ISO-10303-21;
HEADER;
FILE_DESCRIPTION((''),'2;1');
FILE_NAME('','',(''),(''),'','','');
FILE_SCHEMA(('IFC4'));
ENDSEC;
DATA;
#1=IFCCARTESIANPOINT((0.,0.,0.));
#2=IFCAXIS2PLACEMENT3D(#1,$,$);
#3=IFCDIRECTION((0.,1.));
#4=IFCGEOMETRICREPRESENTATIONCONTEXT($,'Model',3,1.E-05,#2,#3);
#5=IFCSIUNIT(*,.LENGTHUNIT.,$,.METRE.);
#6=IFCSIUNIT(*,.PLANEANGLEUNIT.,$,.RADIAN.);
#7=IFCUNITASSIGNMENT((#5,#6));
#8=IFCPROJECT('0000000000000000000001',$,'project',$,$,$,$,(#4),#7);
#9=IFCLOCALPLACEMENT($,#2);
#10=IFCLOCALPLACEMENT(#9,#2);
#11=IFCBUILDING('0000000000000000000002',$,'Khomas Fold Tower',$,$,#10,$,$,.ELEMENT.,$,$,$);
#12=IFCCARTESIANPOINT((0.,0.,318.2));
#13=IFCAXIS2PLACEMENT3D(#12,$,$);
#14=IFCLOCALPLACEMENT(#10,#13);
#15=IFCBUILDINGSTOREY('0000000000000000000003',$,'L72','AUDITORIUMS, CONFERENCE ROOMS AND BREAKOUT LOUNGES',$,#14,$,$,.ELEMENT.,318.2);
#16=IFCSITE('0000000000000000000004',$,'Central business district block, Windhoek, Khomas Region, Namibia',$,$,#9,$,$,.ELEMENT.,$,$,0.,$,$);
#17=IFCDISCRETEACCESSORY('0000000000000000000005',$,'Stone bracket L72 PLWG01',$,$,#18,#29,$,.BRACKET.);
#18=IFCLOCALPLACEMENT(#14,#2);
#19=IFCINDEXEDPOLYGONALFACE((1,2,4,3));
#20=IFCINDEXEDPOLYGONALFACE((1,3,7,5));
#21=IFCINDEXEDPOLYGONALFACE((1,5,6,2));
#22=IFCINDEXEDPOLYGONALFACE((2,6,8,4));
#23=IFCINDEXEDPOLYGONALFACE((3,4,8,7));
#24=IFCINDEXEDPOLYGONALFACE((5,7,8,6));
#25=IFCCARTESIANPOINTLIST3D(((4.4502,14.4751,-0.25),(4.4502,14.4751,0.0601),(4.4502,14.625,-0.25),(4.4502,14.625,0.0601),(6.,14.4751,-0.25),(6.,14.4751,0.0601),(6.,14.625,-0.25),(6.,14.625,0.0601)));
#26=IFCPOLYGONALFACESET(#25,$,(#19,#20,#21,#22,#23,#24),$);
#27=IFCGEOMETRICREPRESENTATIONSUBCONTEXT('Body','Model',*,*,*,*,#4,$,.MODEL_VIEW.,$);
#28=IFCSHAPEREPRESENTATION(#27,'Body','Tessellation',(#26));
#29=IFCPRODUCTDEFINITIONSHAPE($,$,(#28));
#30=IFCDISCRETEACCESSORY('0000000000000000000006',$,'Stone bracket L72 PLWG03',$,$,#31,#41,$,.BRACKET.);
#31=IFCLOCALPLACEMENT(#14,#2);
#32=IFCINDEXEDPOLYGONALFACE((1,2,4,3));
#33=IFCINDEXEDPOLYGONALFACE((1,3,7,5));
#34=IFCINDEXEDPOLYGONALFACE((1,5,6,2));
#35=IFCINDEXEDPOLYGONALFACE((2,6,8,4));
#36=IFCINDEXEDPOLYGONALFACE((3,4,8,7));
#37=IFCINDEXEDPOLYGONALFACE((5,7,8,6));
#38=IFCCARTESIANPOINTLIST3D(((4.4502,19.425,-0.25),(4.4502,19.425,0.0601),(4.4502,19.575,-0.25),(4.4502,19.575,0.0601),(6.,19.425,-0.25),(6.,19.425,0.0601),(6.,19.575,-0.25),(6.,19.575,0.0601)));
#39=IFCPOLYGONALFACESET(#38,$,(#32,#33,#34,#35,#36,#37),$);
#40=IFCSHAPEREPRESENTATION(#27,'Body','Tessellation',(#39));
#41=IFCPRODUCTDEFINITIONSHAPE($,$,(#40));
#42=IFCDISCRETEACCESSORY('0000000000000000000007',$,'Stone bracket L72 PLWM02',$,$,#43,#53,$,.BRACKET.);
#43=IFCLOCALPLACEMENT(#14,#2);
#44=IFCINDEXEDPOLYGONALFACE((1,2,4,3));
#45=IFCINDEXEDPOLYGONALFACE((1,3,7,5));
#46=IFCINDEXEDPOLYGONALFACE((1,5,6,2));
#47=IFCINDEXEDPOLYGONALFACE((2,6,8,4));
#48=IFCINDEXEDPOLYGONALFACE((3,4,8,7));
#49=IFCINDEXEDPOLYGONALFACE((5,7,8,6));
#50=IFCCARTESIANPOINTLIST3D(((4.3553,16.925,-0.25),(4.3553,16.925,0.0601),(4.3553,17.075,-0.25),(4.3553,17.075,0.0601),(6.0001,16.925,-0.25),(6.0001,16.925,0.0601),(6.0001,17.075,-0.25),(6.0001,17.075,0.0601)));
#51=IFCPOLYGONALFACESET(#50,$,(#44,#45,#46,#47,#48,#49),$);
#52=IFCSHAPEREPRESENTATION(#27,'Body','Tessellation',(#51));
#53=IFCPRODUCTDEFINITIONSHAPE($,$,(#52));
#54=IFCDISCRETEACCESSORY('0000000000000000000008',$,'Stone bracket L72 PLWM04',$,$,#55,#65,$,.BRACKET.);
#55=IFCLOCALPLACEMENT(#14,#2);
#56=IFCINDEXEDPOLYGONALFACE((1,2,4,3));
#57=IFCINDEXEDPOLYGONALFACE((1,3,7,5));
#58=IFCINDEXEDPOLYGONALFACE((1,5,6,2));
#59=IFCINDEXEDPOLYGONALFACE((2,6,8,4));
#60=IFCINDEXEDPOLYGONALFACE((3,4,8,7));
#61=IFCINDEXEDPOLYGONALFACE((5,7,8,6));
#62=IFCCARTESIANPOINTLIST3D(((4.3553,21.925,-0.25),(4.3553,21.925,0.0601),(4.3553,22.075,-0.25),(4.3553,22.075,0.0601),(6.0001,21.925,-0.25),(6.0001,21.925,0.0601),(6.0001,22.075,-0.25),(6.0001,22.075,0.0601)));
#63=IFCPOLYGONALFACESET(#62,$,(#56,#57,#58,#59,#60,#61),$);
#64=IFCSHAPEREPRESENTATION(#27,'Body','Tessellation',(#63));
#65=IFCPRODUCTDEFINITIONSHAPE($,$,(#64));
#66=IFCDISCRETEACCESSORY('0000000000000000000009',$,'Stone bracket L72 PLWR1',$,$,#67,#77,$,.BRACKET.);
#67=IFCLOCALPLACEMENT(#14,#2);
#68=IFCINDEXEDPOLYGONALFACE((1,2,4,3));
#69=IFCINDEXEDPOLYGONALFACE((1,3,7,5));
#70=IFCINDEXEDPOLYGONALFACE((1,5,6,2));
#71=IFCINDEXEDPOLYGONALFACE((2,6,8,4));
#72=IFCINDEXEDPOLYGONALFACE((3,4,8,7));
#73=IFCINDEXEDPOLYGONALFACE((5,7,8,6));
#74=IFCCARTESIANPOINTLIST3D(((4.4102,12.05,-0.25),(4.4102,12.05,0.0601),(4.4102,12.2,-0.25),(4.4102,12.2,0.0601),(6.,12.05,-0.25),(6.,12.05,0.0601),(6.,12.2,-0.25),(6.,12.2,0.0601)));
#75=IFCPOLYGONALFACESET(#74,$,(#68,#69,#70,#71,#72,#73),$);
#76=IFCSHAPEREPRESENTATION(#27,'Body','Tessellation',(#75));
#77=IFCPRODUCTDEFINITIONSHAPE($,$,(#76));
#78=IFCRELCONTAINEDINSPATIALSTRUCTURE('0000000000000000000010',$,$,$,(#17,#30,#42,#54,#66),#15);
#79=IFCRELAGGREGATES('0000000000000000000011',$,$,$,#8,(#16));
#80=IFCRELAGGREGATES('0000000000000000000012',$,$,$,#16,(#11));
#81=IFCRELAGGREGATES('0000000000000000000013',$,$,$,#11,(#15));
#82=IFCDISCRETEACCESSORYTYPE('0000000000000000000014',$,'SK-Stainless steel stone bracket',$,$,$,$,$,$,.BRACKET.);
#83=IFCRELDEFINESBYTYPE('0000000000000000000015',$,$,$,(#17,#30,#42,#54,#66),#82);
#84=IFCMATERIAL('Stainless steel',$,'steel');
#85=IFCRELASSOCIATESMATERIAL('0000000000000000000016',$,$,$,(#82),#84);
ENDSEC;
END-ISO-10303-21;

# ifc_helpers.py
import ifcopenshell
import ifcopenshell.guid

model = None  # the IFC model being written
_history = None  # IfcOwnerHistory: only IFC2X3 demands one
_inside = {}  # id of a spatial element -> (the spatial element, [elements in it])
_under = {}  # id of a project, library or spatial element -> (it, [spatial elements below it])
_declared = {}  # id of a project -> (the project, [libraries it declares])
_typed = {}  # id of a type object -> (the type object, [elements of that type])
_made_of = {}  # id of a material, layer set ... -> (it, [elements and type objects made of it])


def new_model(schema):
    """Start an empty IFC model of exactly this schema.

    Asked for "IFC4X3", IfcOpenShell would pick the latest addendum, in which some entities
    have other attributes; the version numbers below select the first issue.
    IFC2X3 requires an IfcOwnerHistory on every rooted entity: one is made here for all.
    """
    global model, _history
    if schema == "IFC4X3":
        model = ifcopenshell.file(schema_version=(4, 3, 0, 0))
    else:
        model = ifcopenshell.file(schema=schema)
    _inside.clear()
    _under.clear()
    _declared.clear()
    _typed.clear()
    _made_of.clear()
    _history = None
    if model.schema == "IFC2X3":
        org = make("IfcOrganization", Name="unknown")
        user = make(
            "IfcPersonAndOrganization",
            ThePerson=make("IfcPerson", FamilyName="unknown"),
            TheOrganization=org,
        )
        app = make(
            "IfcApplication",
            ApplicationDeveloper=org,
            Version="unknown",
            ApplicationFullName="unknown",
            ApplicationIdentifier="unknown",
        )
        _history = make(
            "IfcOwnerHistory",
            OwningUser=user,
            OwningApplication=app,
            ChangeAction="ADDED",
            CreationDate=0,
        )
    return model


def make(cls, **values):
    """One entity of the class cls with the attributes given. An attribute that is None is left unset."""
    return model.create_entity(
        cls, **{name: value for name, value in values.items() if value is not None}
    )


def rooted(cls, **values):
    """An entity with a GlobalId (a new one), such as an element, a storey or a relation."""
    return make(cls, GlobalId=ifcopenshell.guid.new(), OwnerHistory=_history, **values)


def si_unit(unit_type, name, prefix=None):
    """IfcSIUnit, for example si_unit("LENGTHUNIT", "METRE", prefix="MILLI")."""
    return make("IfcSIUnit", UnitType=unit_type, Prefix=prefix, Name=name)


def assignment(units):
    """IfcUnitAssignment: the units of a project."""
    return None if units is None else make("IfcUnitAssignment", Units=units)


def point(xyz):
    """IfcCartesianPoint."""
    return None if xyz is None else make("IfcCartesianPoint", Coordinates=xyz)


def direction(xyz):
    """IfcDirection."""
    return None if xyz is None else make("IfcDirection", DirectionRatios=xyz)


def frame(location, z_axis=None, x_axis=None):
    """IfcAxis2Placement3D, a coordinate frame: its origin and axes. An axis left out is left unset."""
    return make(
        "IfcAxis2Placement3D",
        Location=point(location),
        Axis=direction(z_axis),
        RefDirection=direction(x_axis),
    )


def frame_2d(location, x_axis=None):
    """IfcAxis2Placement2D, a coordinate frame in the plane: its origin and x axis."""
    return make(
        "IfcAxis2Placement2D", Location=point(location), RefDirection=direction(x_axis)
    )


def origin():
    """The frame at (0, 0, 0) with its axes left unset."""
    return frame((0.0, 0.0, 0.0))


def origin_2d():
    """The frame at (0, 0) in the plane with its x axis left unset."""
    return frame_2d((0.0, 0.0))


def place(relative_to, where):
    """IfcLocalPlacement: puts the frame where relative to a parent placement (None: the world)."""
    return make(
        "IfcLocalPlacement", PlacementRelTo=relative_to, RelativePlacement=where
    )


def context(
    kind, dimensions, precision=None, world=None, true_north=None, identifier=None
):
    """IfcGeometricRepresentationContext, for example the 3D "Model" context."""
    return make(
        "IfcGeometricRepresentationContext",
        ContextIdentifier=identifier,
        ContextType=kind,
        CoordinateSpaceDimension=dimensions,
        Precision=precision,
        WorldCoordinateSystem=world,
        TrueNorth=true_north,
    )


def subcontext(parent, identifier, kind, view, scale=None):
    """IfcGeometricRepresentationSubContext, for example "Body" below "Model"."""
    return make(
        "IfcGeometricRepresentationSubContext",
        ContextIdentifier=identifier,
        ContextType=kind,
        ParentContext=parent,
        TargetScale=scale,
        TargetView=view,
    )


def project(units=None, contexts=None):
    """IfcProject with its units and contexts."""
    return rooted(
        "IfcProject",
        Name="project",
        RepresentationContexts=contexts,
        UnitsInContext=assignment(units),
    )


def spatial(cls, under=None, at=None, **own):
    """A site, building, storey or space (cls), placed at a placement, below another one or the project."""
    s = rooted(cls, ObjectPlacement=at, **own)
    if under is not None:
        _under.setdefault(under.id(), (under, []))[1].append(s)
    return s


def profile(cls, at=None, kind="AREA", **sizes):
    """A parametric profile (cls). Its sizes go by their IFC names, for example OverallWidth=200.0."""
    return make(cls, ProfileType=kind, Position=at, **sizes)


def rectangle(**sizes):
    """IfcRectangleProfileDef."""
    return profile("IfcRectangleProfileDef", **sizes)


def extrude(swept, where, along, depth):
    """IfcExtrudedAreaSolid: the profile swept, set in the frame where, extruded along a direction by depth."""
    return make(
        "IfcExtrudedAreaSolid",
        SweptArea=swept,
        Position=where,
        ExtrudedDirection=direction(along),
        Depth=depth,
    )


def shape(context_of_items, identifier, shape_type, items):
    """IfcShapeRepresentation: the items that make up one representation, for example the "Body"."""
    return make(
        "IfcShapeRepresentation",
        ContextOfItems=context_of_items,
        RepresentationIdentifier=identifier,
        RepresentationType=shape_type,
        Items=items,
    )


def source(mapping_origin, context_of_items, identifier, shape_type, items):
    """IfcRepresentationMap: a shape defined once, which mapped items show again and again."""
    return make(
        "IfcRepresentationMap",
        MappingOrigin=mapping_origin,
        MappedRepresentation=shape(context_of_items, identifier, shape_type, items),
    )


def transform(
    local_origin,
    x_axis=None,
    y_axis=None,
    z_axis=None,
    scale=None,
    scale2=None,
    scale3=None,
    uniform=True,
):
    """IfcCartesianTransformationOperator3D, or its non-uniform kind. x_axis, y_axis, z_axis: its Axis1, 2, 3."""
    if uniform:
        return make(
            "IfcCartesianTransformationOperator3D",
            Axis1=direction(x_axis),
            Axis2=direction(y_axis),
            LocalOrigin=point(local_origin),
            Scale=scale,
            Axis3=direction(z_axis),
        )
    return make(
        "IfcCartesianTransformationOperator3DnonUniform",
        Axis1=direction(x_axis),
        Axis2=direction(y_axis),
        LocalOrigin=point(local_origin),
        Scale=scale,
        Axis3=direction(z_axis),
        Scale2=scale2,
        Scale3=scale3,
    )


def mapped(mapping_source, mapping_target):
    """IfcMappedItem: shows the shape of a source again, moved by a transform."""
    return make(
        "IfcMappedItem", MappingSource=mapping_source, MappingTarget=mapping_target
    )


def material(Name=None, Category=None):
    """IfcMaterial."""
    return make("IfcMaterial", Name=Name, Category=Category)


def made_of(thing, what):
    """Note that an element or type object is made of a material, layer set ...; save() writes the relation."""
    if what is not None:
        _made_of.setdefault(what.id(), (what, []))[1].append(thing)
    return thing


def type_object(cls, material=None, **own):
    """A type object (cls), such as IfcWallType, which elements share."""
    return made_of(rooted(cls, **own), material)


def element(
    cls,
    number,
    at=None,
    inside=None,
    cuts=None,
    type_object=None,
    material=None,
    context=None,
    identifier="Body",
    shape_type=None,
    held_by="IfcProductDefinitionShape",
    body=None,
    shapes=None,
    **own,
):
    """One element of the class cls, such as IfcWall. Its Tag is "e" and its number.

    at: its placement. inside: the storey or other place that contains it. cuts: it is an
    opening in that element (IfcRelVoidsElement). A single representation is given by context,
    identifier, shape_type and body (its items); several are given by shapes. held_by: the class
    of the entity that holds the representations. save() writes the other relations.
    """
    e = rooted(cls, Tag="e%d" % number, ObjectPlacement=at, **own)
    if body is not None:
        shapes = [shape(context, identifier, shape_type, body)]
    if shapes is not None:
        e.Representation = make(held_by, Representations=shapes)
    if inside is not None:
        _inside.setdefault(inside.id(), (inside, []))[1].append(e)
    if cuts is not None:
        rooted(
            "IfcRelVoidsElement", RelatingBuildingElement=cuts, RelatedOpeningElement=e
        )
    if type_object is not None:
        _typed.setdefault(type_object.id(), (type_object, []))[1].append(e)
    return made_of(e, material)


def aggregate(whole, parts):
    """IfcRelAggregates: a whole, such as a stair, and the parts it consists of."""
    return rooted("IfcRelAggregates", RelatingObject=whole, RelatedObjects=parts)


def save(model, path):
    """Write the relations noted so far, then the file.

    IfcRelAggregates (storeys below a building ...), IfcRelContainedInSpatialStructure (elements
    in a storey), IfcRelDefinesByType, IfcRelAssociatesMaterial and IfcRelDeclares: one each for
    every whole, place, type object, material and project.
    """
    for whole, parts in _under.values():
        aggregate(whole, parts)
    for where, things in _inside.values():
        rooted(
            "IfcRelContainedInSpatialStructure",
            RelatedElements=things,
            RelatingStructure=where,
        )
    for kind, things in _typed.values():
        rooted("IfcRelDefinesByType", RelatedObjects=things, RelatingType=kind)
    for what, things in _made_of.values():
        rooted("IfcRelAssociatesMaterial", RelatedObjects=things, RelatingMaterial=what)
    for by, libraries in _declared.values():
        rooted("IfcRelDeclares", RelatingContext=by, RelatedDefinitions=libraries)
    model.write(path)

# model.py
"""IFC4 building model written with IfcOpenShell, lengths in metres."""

from ifc_helpers import new_model, si_unit, direction, frame, origin, origin_2d, place, context, subcontext, project, spatial, rectangle, extrude, source, transform, mapped, material, type_object, element, save


model = new_model("IFC4")

# Units and contexts
model_context = context("Model", 3, precision=1e-05, world=origin(), true_north=direction((0.0, 1.0)))
body_context = subcontext(model_context, "Body", "Model", "MODEL_VIEW")
ifc_project = project(units=[si_unit("LENGTHUNIT", "METRE"), si_unit("PLANEANGLEUNIT", "RADIAN")], contexts=[model_context])

# Site, building, storey
site_placement = place(None, origin())
site = spatial("IfcSite", under=ifc_project, at=site_placement, Name="Central business district block, Windhoek, Khomas Region, Namibia", CompositionType="ELEMENT", RefElevation=0.0)
building_placement = place(site_placement, origin())
building = spatial("IfcBuilding", under=site, at=building_placement, Name="Khomas Fold Tower", CompositionType="ELEMENT")
storey_placement = place(building_placement, frame((0.0, 0.0, 318.2)))
storey = spatial("IfcBuildingStorey", under=building, at=storey_placement, Name="L72", Description="AUDITORIUMS, CONFERENCE ROOMS AND BREAKOUT LOUNGES", CompositionType="ELEMENT", Elevation=318.2)

# Discrete accessories
ifc_material_1 = material(Name="Stainless steel", Category="steel")
discrete_accessory_type = type_object("IfcDiscreteAccessoryType", Name="SK-Stainless steel stone bracket", PredefinedType="BRACKET", material=ifc_material_1)
shared_shape_1 = source(origin(), body_context, "Body", "SweptSolid", [
    extrude(rectangle(XDim=1.5498, YDim=0.1499, at=origin_2d()), origin(), (0.0, 0.0, 1.0), 0.3101),
])
for number, where, z_axis, x_axis, name in (
    (1, (5.2251, 14.55, -0.25), (0.0, 0.0, 1.0), (-1.0, 0.0, 0.0), "Stone bracket L72 PLWG01"),
    (2, (5.2251, 19.5, -0.25), (0.0, 0.0, 1.0), (-1.0, 0.0, 0.0), "Stone bracket L72 PLWG03"),
):
    element("IfcDiscreteAccessory", number, at=place(storey_placement, frame(where, z_axis=z_axis, x_axis=x_axis)), inside=storey, type_object=discrete_accessory_type, Name=name, PredefinedType="BRACKET", context=body_context, shape_type="MappedRepresentation", body=[
        mapped(shared_shape_1, transform((0.0, 0.0, 0.0))),
    ])
shared_shape_2 = source(origin(), body_context, "Body", "SweptSolid", [
    extrude(rectangle(XDim=1.6448, YDim=0.1499, at=origin_2d()), origin(), (0.0, 0.0, 1.0), 0.3101),
])
for number, where, z_axis, x_axis, name in (
    (3, (5.1777, 17.0, -0.25), (0.0, 0.0, 1.0), (-1.0, 0.0, 0.0), "Stone bracket L72 PLWM02"),
    (4, (5.1777, 22.0, -0.25), (0.0, 0.0, 1.0), (-1.0, 0.0, 0.0), "Stone bracket L72 PLWM04"),
):
    element("IfcDiscreteAccessory", number, at=place(storey_placement, frame(where, z_axis=z_axis, x_axis=x_axis)), inside=storey, type_object=discrete_accessory_type, Name=name, PredefinedType="BRACKET", context=body_context, shape_type="MappedRepresentation", body=[
        mapped(shared_shape_2, transform((0.0, 0.0, 0.0))),
    ])
shared_shape_3 = source(origin(), body_context, "Body", "SweptSolid", [
    extrude(rectangle(XDim=1.5898, YDim=0.1499, at=origin_2d()), origin(), (0.0, 0.0, 1.0), 0.3101),
])
discrete_accessory_placement = place(storey_placement, frame((5.2051, 12.125, -0.25), z_axis=(0.0, 0.0, 1.0), x_axis=(-1.0, 0.0, 0.0)))
element("IfcDiscreteAccessory", 5, at=discrete_accessory_placement, inside=storey, type_object=discrete_accessory_type, Name="Stone bracket L72 PLWR1", PredefinedType="BRACKET", context=body_context, shape_type="MappedRepresentation", body=[
    mapped(shared_shape_3, transform((0.0, 0.0, 0.0))),
])

save(model, "model.ifc")
